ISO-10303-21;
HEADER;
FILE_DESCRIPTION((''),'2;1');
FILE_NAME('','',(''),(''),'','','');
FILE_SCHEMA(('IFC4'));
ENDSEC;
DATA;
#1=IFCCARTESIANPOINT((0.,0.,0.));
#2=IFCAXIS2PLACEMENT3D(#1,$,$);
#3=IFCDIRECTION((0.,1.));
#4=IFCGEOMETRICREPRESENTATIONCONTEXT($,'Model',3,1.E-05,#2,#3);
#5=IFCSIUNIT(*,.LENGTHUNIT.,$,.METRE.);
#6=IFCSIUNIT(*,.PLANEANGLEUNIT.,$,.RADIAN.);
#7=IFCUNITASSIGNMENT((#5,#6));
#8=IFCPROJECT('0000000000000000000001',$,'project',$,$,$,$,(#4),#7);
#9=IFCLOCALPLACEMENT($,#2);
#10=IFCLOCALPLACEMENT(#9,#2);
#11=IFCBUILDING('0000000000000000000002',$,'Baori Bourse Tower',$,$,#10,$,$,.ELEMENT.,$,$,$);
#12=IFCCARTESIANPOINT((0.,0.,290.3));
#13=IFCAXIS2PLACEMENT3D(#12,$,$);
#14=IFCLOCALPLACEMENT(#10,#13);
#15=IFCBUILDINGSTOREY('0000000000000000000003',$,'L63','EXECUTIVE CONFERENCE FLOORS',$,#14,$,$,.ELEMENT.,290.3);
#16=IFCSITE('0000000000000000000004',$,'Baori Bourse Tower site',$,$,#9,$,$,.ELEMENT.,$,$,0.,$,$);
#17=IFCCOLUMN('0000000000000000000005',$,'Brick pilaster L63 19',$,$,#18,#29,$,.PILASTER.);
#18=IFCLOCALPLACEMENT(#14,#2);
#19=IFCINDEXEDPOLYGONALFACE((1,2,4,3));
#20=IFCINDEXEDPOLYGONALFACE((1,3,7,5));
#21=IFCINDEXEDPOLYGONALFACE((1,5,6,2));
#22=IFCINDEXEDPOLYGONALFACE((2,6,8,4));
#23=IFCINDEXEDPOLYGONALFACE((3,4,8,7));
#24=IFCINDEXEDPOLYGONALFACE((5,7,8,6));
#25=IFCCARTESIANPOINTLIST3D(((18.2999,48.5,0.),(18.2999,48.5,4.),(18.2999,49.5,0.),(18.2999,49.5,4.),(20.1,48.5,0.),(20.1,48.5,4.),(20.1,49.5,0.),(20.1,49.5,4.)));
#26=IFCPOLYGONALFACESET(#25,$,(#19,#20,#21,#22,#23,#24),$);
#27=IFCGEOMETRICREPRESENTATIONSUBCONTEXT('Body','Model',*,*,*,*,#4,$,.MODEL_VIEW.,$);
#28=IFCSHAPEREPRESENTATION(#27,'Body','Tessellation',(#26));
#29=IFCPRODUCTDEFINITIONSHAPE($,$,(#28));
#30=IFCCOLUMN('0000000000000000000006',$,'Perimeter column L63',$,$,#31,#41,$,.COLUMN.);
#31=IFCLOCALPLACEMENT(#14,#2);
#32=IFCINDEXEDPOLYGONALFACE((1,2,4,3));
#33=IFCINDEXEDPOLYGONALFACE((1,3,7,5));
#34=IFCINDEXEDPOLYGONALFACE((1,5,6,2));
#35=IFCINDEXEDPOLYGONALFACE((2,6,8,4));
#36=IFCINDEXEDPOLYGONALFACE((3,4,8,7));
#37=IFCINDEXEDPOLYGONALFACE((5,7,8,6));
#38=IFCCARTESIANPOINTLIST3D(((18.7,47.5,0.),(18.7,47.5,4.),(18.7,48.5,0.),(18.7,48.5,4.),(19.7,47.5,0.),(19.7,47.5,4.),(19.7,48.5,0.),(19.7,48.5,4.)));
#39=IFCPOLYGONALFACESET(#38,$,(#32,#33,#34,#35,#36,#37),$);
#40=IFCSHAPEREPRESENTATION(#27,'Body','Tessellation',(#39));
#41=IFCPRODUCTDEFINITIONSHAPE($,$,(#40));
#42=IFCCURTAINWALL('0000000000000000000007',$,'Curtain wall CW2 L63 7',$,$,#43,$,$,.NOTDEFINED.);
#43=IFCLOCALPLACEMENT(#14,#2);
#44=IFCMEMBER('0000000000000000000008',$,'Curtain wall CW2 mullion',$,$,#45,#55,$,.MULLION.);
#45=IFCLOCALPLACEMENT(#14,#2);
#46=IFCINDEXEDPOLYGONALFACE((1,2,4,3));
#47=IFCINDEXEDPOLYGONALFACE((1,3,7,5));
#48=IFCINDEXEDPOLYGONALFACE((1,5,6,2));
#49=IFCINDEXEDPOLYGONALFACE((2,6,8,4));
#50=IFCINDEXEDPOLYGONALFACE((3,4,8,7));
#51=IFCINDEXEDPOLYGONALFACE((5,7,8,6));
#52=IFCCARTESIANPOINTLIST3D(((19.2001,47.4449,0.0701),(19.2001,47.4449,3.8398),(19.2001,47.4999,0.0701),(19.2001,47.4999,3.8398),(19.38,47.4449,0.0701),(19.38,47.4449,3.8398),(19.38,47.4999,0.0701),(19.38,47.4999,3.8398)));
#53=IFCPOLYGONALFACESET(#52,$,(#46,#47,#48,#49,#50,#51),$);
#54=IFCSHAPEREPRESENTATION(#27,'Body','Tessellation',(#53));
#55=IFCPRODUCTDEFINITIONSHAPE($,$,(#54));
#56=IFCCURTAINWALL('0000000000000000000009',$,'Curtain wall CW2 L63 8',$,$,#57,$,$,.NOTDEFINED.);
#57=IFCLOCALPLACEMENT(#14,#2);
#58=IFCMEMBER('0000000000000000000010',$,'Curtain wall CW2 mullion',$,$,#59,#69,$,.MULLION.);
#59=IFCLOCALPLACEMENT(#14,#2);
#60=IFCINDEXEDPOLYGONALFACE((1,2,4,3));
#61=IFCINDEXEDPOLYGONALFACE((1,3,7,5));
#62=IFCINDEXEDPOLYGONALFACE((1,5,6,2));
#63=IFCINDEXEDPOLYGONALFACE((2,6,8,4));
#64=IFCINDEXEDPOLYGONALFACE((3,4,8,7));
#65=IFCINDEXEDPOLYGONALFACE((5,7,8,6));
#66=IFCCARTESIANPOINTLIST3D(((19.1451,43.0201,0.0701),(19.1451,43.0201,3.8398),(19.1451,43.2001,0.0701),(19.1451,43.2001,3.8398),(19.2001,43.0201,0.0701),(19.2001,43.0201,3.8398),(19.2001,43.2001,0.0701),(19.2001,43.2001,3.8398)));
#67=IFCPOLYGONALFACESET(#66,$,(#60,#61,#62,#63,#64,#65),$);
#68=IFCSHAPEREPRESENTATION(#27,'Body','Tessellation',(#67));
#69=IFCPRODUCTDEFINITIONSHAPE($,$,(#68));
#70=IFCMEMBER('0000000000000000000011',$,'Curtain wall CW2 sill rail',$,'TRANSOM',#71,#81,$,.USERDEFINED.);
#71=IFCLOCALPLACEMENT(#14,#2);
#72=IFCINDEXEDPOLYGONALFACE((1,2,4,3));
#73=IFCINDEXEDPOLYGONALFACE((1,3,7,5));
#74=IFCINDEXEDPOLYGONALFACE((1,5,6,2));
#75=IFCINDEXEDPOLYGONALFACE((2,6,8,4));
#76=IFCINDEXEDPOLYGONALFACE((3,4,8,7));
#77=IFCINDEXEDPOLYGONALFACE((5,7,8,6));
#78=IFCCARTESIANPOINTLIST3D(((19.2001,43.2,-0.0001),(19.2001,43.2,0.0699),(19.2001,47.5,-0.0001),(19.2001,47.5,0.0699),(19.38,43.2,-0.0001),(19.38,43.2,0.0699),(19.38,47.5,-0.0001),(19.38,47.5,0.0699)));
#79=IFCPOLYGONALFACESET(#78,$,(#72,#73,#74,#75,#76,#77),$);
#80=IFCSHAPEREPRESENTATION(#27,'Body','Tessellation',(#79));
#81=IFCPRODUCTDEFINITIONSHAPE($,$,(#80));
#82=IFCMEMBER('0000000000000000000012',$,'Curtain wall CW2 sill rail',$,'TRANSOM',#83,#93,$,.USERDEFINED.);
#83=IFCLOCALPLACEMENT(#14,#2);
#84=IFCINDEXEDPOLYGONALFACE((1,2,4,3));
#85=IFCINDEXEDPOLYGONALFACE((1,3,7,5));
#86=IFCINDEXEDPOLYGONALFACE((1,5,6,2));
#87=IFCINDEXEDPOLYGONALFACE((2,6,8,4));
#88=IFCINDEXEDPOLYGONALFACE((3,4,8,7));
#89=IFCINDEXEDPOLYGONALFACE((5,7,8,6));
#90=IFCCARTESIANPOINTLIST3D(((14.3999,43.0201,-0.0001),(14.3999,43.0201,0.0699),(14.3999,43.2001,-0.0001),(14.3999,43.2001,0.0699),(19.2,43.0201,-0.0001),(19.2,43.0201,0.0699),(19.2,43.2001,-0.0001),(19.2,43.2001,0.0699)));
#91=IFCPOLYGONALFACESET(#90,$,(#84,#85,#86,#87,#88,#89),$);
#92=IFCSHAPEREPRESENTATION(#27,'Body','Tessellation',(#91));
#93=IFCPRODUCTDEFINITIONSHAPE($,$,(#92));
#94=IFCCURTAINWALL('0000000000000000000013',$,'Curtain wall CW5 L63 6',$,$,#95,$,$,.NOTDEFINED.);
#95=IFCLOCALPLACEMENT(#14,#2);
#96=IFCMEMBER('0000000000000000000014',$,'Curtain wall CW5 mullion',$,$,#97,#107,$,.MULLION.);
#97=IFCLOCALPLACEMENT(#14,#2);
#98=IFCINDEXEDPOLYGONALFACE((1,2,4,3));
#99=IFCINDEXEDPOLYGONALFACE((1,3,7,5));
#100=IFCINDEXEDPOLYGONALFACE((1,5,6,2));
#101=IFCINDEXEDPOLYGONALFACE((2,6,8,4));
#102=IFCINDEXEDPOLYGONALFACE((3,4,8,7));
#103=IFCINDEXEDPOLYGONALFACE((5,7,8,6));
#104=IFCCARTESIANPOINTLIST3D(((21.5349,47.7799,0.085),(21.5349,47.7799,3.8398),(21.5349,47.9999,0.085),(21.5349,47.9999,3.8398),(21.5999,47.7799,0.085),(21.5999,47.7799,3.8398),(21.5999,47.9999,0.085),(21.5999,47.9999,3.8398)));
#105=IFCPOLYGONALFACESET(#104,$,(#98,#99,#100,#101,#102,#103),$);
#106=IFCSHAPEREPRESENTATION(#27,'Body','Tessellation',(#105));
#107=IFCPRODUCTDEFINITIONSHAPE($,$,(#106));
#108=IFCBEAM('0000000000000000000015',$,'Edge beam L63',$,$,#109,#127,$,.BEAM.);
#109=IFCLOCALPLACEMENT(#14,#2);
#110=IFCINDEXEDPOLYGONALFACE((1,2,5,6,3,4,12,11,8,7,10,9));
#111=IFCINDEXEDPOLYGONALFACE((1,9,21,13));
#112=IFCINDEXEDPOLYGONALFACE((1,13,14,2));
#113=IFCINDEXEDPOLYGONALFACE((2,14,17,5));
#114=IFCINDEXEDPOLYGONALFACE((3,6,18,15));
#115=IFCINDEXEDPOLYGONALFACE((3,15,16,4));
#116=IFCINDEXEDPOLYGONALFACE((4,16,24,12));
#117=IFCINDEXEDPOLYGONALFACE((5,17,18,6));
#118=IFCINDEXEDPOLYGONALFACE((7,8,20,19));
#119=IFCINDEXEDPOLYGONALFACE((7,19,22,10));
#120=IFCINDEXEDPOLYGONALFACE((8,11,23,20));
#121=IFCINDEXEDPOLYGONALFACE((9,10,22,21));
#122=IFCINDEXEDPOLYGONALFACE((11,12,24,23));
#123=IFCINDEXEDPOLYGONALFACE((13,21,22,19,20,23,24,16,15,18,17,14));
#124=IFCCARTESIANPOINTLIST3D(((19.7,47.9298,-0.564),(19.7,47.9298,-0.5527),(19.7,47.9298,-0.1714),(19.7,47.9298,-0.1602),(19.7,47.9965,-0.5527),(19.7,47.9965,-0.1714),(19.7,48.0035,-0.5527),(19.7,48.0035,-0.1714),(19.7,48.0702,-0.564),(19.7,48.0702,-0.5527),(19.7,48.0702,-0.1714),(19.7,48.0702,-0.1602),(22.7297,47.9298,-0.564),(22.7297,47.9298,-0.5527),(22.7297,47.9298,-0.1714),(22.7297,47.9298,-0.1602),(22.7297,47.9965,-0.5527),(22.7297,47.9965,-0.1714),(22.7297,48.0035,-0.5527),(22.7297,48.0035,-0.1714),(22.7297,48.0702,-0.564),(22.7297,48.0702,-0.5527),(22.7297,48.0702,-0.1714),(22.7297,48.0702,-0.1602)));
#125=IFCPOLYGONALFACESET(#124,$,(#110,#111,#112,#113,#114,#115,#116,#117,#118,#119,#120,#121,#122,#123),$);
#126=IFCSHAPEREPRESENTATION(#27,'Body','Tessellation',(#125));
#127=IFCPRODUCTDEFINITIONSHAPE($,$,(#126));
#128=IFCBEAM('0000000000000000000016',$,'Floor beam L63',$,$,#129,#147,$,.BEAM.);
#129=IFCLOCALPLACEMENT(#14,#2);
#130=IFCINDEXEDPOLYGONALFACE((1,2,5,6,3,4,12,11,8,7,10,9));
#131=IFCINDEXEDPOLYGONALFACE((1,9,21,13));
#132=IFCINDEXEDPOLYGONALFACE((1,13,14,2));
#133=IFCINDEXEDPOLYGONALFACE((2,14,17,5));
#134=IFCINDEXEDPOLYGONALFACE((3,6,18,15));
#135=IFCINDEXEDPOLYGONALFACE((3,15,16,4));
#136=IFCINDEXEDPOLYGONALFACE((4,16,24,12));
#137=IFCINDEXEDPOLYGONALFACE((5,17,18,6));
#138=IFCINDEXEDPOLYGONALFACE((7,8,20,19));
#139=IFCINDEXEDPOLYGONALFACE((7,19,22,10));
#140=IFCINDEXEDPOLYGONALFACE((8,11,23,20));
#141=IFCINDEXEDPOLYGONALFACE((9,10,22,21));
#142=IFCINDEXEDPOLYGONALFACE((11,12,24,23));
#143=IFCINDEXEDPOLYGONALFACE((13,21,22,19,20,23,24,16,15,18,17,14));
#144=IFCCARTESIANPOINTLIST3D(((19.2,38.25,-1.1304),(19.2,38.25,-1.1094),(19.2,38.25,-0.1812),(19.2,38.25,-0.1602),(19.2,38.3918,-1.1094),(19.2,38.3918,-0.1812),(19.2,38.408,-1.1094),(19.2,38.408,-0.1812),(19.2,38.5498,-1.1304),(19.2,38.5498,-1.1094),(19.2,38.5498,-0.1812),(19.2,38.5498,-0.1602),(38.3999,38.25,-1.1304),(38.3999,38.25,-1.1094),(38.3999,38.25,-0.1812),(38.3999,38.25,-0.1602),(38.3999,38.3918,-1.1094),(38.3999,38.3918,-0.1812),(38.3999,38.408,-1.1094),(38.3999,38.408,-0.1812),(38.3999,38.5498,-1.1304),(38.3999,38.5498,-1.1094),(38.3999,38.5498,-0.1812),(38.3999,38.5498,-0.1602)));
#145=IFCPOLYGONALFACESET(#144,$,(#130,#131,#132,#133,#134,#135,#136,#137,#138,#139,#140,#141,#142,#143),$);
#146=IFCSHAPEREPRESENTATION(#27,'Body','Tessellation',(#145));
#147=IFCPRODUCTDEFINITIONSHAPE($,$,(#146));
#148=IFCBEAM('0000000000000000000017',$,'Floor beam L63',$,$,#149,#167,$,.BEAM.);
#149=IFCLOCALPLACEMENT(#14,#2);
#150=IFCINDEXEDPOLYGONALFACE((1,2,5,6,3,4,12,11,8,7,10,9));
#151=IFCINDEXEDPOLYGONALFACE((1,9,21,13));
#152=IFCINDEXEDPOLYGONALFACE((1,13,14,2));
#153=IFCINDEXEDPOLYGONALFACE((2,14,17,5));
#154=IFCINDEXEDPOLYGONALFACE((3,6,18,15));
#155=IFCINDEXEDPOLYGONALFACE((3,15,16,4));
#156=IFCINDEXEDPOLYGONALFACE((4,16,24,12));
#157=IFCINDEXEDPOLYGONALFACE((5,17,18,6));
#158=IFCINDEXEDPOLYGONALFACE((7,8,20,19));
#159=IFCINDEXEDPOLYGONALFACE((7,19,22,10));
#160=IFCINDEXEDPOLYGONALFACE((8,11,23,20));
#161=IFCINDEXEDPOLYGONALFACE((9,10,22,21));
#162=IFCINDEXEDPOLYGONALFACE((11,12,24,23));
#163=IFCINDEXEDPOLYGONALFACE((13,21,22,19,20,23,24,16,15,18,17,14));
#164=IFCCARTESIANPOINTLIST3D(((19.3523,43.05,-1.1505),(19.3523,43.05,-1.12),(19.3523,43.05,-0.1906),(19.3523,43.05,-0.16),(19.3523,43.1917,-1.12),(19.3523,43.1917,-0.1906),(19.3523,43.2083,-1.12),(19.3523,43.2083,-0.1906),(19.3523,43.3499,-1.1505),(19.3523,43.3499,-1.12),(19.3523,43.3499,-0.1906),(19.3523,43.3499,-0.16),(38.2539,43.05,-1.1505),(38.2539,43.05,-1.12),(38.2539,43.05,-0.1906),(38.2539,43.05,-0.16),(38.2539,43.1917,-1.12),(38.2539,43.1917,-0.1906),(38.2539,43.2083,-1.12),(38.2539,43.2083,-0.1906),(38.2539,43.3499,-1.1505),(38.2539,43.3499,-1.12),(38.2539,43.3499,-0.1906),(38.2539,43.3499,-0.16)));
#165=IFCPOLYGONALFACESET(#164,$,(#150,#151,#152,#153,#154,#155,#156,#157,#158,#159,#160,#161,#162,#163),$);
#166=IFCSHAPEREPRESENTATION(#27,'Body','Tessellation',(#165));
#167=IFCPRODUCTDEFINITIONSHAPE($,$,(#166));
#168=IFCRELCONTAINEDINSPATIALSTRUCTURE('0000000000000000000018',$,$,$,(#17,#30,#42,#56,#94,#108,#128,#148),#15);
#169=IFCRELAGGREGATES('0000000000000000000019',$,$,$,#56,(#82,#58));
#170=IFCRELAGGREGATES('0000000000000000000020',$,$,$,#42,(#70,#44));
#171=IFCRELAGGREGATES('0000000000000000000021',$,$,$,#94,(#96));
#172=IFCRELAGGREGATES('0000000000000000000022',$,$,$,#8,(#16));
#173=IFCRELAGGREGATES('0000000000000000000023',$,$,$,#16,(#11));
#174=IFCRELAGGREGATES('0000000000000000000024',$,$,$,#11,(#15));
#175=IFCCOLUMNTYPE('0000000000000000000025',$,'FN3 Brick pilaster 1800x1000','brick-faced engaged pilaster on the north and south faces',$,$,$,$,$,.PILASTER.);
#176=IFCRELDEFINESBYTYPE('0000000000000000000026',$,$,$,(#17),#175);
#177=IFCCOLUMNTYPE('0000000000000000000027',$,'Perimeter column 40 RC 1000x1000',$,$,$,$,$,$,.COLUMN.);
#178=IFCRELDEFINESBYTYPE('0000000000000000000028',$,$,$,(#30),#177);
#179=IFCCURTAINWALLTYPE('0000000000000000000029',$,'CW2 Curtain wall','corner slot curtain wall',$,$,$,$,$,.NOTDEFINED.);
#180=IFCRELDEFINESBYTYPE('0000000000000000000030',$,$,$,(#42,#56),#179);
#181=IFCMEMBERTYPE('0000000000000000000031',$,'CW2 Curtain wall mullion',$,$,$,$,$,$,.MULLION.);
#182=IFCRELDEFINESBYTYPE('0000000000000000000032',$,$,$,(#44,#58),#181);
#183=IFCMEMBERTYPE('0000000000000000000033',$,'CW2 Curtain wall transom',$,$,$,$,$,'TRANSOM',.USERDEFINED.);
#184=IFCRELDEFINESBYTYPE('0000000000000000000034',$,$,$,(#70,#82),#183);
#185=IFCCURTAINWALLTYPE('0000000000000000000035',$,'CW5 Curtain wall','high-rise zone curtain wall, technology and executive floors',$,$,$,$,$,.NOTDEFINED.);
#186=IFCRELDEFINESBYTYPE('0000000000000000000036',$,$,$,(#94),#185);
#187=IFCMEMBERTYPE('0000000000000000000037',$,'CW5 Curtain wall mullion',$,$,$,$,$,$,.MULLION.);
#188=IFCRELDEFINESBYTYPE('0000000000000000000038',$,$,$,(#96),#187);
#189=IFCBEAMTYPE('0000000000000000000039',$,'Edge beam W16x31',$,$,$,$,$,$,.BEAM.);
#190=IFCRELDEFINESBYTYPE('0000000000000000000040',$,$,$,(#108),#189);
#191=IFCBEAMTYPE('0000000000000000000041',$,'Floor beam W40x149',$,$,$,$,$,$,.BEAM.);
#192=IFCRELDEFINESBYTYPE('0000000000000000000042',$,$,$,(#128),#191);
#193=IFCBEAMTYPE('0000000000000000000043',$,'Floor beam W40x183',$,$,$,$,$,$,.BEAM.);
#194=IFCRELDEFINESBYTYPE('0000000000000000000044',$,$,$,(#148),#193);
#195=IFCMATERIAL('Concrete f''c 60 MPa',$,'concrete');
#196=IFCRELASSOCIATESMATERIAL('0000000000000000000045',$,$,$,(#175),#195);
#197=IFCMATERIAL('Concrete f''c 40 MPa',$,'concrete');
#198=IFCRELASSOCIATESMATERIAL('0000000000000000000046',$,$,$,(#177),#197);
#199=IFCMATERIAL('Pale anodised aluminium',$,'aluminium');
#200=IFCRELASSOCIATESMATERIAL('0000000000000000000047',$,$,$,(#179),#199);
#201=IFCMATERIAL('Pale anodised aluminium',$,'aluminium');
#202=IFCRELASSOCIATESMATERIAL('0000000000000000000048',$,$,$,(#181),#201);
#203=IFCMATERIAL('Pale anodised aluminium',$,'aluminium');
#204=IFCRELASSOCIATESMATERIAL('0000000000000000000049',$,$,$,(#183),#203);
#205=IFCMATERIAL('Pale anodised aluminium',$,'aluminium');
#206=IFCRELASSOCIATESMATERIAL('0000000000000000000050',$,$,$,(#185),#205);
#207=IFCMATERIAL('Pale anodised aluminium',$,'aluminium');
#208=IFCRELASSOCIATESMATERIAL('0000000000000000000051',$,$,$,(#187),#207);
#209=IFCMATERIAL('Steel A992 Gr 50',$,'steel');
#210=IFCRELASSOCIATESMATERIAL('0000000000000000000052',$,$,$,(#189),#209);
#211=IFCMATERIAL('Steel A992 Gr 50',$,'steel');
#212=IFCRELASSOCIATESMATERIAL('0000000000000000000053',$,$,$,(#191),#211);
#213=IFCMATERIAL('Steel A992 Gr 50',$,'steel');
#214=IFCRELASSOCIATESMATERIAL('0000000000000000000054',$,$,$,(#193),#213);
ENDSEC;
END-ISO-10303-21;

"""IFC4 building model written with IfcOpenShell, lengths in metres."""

from ifc_helpers import new_model, si_unit, direction, frame, origin, origin_2d, place, context, subcontext, project, spatial, rectangle, i_section, extrude, material, material_profile, profile_set, type_object, element, aggregate, save


model = new_model("IFC4")

# Units and contexts
model_context = context("Model", 3, precision=1e-05, world=origin(), true_north=direction((0.0, 1.0)))
body_context = subcontext(model_context, "Body", "Model", "MODEL_VIEW")
ifc_project = project(units=[si_unit("LENGTHUNIT", "METRE"), si_unit("PLANEANGLEUNIT", "RADIAN")], contexts=[model_context])

# Site, building, storey
site_placement = place(None, origin())
site = spatial("IfcSite", under=ifc_project, at=site_placement, Name="Baori Bourse Tower site", CompositionType="ELEMENT", RefElevation=0.0)
building_placement = place(site_placement, origin())
building = spatial("IfcBuilding", under=site, at=building_placement, Name="Baori Bourse Tower", CompositionType="ELEMENT")
storey_placement = place(building_placement, frame((0.0, 0.0, 290.3)))
storey = spatial("IfcBuildingStorey", under=building, at=storey_placement, Name="L63", Description="EXECUTIVE CONFERENCE FLOORS", CompositionType="ELEMENT", Elevation=290.3)

# Columns
ifc_material_1 = material(Name="Concrete f'c 60 MPa", Category="concrete")
ifc_material_profile_1 = material_profile(ifc_material_1, rectangle(XDim=1.8, YDim=1.0, at=origin_2d()), Name="RC 1800x1000")
ifc_profile_set_1 = profile_set([ifc_material_profile_1], Name="Concrete f'c 60 MPa")
column_type_1 = type_object("IfcColumnType", Name="FN3 Brick pilaster 1800x1000", Description="brick-faced engaged pilaster on the north and south faces", PredefinedType="PILASTER", material=ifc_profile_set_1)
column_1_placement = place(storey_placement, frame((19.2, 49.0, 0.0), z_axis=(0.0, 0.0, 1.0), x_axis=(1.0, 0.0, 0.0)))
element("IfcColumn", 1, at=column_1_placement, inside=storey, type_object=column_type_1, Name="Brick pilaster L63 19", PredefinedType="PILASTER", context=body_context, shape_type="SweptSolid", body=[
    extrude(rectangle(XDim=1.8, YDim=1.0, at=origin_2d()), origin(), (0.0, 0.0, 1.0), 4.0),
])
ifc_material_2 = material(Name="Concrete f'c 40 MPa", Category="concrete")
ifc_material_profile_2 = material_profile(ifc_material_2, rectangle(XDim=1.0, YDim=1.0, at=origin_2d()), Name="RC 1000x1000")
ifc_profile_set_2 = profile_set([ifc_material_profile_2], Name="Concrete f'c 40 MPa")
column_type_2 = type_object("IfcColumnType", Name="Perimeter column 40 RC 1000x1000", PredefinedType="COLUMN", material=ifc_profile_set_2)
column_2_placement = place(storey_placement, frame((19.2, 48.0, 0.0), z_axis=(0.0, 0.0, 1.0), x_axis=(1.0, 0.0, 0.0)))
element("IfcColumn", 2, at=column_2_placement, inside=storey, type_object=column_type_2, Name="Perimeter column L63", PredefinedType="COLUMN", context=body_context, shape_type="SweptSolid", body=[
    extrude(rectangle(XDim=1.0, YDim=1.0, at=origin_2d()), origin(), (0.0, 0.0, 1.0), 4.0),
])

# Curtain walls, members
ifc_material_3 = material(Name="Pale anodised aluminium", Category="aluminium")
curtain_wall_type_1 = type_object("IfcCurtainWallType", Name="CW2 Curtain wall", Description="corner slot curtain wall", PredefinedType="NOTDEFINED", material=ifc_material_3)
curtain_wall_1_placement = place(storey_placement, origin())
curtain_wall_1 = element("IfcCurtainWall", 3, at=curtain_wall_1_placement, inside=storey, type_object=curtain_wall_type_1, Name="Curtain wall CW2 L63 7", PredefinedType="NOTDEFINED")
ifc_material_4 = material(Name="Pale anodised aluminium", Category="aluminium")
ifc_material_profile_3 = material_profile(ifc_material_4, rectangle(XDim=0.1799, YDim=0.0549, at=origin_2d()), Name="Mullion 55x180")
ifc_profile_set_3 = profile_set([ifc_material_profile_3], Name="Pale anodised aluminium")
member_type_1 = type_object("IfcMemberType", Name="CW2 Curtain wall mullion", PredefinedType="MULLION", material=ifc_profile_set_3)
member_1_placement = place(storey_placement, frame((19.29, 47.4724, 0.0701), z_axis=(0.0, 0.0, 1.0), x_axis=(1.0, 0.0, 0.0)))
member_1 = element("IfcMember", 4, at=member_1_placement, type_object=member_type_1, Name="Curtain wall CW2 mullion", PredefinedType="MULLION", context=body_context, shape_type="SweptSolid", body=[
    extrude(rectangle(XDim=0.1799, YDim=0.0549, at=origin_2d()), origin(), (0.0, 0.0, 1.0), 3.7698),
])
curtain_wall_2_placement = place(storey_placement, origin())
curtain_wall_2 = element("IfcCurtainWall", 5, at=curtain_wall_2_placement, inside=storey, type_object=curtain_wall_type_1, Name="Curtain wall CW2 L63 8", PredefinedType="NOTDEFINED")
member_2_placement = place(storey_placement, frame((19.1726, 43.1101, 0.0701), z_axis=(0.0, 0.0, 1.0), x_axis=(0.0, -1.0, 0.0)))
member_2 = element("IfcMember", 6, at=member_2_placement, type_object=member_type_1, Name="Curtain wall CW2 mullion", PredefinedType="MULLION", context=body_context, shape_type="SweptSolid", body=[
    extrude(rectangle(XDim=0.1799, YDim=0.0549, at=origin_2d()), origin(), (0.0, 0.0, 1.0), 3.7698),
])

# Members
ifc_material_5 = material(Name="Pale anodised aluminium", Category="aluminium")
ifc_material_profile_4 = material_profile(ifc_material_5, rectangle(XDim=0.1799, YDim=0.0701, at=origin_2d()), Name="Transom 70x180")
ifc_profile_set_4 = profile_set([ifc_material_profile_4], Name="Pale anodised aluminium")
member_type_2 = type_object("IfcMemberType", Name="CW2 Curtain wall transom", ElementType="TRANSOM", PredefinedType="USERDEFINED", material=ifc_profile_set_4)
member_3_placement = place(storey_placement, frame((19.29, 47.5, 0.0349), z_axis=(0.0, -1.0, 0.0), x_axis=(1.0, 0.0, 0.0)))
member_3 = element("IfcMember", 7, at=member_3_placement, type_object=member_type_2, Name="Curtain wall CW2 sill rail", ObjectType="TRANSOM", PredefinedType="USERDEFINED", context=body_context, shape_type="SweptSolid", body=[
    extrude(rectangle(XDim=0.1799, YDim=0.0701, at=origin_2d()), origin(), (0.0, 0.0, 1.0), 4.3),
])
member_4_placement = place(storey_placement, frame((19.2, 43.1101, 0.0349), z_axis=(-1.0, 0.0, 0.0), x_axis=(0.0, -1.0, 0.0)))
member_4 = element("IfcMember", 8, at=member_4_placement, type_object=member_type_2, Name="Curtain wall CW2 sill rail", ObjectType="TRANSOM", PredefinedType="USERDEFINED", context=body_context, shape_type="SweptSolid", body=[
    extrude(rectangle(XDim=0.1799, YDim=0.0701, at=origin_2d()), origin(), (0.0, 0.0, 1.0), 4.8),
])
aggregate(curtain_wall_2, [member_4, member_2])

# Curtain wall, member
ifc_material_6 = material(Name="Pale anodised aluminium", Category="aluminium")
curtain_wall_type_2 = type_object("IfcCurtainWallType", Name="CW5 Curtain wall", Description="high-rise zone curtain wall, technology and executive floors", PredefinedType="NOTDEFINED", material=ifc_material_6)
curtain_wall_3_placement = place(storey_placement, origin())
curtain_wall_3 = element("IfcCurtainWall", 9, at=curtain_wall_3_placement, inside=storey, type_object=curtain_wall_type_2, Name="Curtain wall CW5 L63 6", PredefinedType="NOTDEFINED")
ifc_material_7 = material(Name="Pale anodised aluminium", Category="aluminium")
ifc_material_profile_5 = material_profile(ifc_material_7, rectangle(XDim=0.22, YDim=0.0649, at=origin_2d()), Name="Mullion 65x220")
ifc_profile_set_5 = profile_set([ifc_material_profile_5], Name="Pale anodised aluminium")
member_type_3 = type_object("IfcMemberType", Name="CW5 Curtain wall mullion", PredefinedType="MULLION", material=ifc_profile_set_5)
member_5_placement = place(storey_placement, frame((21.5674, 47.8899, 0.085), z_axis=(0.0, 0.0, 1.0), x_axis=(0.0, -1.0, 0.0)))
member_5 = element("IfcMember", 10, at=member_5_placement, type_object=member_type_3, Name="Curtain wall CW5 mullion", PredefinedType="MULLION", context=body_context, shape_type="SweptSolid", body=[
    extrude(rectangle(XDim=0.22, YDim=0.0649, at=origin_2d()), origin(), (0.0, 0.0, 1.0), 3.7549),
])

# Beams
ifc_material_8 = material(Name="Steel A992 Gr 50", Category="steel")
ifc_material_profile_6 = material_profile(ifc_material_8, i_section(OverallWidth=0.1404, OverallDepth=0.4038, WebThickness=0.0071, FlangeThickness=0.0112, at=origin_2d()), Name="W16x31")
ifc_profile_set_6 = profile_set([ifc_material_profile_6], Name="Steel A992 Gr 50")
beam_type_1 = type_object("IfcBeamType", Name="Edge beam W16x31", PredefinedType="BEAM", material=ifc_profile_set_6)
beam_1_placement = place(storey_placement, frame((19.7, 48.0, -0.3621), z_axis=(1.0, 0.0, 0.0), x_axis=(0.0, 1.0, 0.0)))
element("IfcBeam", 11, at=beam_1_placement, inside=storey, type_object=beam_type_1, Name="Edge beam L63", PredefinedType="BEAM", context=body_context, shape_type="SweptSolid", body=[
    extrude(i_section(OverallWidth=0.1404, OverallDepth=0.4038, WebThickness=0.0071, FlangeThickness=0.0112, at=origin_2d()), origin(), (0.0, 0.0, 1.0), 3.0298),
])
ifc_material_9 = material(Name="Steel A992 Gr 50", Category="steel")
ifc_material_profile_7 = material_profile(ifc_material_9, i_section(OverallWidth=0.2998, OverallDepth=0.9702, WebThickness=0.0161, FlangeThickness=0.021, at=origin_2d()), Name="W40x149")
ifc_profile_set_7 = profile_set([ifc_material_profile_7], Name="Steel A992 Gr 50")
beam_type_2 = type_object("IfcBeamType", Name="Floor beam W40x149", PredefinedType="BEAM", material=ifc_profile_set_7)
beam_2_placement = place(storey_placement, frame((19.2, 38.3999, -0.6453), z_axis=(1.0, 0.0, 0.0), x_axis=(0.0, 1.0, 0.0)))
element("IfcBeam", 12, at=beam_2_placement, inside=storey, type_object=beam_type_2, Name="Floor beam L63", PredefinedType="BEAM", context=body_context, shape_type="SweptSolid", body=[
    extrude(i_section(OverallWidth=0.2998, OverallDepth=0.9702, WebThickness=0.0161, FlangeThickness=0.021, at=origin_2d()), origin(), (0.0, 0.0, 1.0), 19.2),
])
ifc_material_10 = material(Name="Steel A992 Gr 50", Category="steel")
ifc_material_profile_8 = material_profile(ifc_material_10, i_section(OverallWidth=0.2998, OverallDepth=0.9905, WebThickness=0.0166, FlangeThickness=0.0305, at=origin_2d()), Name="W40x183")
ifc_profile_set_8 = profile_set([ifc_material_profile_8], Name="Steel A992 Gr 50")
beam_type_3 = type_object("IfcBeamType", Name="Floor beam W40x183", PredefinedType="BEAM", material=ifc_profile_set_8)
beam_3_placement = place(storey_placement, frame((19.3523, 43.2, -0.6553), z_axis=(1.0, 0.0, 0.0), x_axis=(0.0, 1.0, 0.0)))
element("IfcBeam", 13, at=beam_3_placement, inside=storey, type_object=beam_type_3, Name="Floor beam L63", PredefinedType="BEAM", context=body_context, shape_type="SweptSolid", body=[
    extrude(i_section(OverallWidth=0.2998, OverallDepth=0.9905, WebThickness=0.0166, FlangeThickness=0.0305, at=origin_2d()), origin(), (0.0, 0.0, 1.0), 18.9016),
])

aggregate(curtain_wall_1, [member_3, member_1])
aggregate(curtain_wall_3, [member_5])

save(model, "model.ifc")
